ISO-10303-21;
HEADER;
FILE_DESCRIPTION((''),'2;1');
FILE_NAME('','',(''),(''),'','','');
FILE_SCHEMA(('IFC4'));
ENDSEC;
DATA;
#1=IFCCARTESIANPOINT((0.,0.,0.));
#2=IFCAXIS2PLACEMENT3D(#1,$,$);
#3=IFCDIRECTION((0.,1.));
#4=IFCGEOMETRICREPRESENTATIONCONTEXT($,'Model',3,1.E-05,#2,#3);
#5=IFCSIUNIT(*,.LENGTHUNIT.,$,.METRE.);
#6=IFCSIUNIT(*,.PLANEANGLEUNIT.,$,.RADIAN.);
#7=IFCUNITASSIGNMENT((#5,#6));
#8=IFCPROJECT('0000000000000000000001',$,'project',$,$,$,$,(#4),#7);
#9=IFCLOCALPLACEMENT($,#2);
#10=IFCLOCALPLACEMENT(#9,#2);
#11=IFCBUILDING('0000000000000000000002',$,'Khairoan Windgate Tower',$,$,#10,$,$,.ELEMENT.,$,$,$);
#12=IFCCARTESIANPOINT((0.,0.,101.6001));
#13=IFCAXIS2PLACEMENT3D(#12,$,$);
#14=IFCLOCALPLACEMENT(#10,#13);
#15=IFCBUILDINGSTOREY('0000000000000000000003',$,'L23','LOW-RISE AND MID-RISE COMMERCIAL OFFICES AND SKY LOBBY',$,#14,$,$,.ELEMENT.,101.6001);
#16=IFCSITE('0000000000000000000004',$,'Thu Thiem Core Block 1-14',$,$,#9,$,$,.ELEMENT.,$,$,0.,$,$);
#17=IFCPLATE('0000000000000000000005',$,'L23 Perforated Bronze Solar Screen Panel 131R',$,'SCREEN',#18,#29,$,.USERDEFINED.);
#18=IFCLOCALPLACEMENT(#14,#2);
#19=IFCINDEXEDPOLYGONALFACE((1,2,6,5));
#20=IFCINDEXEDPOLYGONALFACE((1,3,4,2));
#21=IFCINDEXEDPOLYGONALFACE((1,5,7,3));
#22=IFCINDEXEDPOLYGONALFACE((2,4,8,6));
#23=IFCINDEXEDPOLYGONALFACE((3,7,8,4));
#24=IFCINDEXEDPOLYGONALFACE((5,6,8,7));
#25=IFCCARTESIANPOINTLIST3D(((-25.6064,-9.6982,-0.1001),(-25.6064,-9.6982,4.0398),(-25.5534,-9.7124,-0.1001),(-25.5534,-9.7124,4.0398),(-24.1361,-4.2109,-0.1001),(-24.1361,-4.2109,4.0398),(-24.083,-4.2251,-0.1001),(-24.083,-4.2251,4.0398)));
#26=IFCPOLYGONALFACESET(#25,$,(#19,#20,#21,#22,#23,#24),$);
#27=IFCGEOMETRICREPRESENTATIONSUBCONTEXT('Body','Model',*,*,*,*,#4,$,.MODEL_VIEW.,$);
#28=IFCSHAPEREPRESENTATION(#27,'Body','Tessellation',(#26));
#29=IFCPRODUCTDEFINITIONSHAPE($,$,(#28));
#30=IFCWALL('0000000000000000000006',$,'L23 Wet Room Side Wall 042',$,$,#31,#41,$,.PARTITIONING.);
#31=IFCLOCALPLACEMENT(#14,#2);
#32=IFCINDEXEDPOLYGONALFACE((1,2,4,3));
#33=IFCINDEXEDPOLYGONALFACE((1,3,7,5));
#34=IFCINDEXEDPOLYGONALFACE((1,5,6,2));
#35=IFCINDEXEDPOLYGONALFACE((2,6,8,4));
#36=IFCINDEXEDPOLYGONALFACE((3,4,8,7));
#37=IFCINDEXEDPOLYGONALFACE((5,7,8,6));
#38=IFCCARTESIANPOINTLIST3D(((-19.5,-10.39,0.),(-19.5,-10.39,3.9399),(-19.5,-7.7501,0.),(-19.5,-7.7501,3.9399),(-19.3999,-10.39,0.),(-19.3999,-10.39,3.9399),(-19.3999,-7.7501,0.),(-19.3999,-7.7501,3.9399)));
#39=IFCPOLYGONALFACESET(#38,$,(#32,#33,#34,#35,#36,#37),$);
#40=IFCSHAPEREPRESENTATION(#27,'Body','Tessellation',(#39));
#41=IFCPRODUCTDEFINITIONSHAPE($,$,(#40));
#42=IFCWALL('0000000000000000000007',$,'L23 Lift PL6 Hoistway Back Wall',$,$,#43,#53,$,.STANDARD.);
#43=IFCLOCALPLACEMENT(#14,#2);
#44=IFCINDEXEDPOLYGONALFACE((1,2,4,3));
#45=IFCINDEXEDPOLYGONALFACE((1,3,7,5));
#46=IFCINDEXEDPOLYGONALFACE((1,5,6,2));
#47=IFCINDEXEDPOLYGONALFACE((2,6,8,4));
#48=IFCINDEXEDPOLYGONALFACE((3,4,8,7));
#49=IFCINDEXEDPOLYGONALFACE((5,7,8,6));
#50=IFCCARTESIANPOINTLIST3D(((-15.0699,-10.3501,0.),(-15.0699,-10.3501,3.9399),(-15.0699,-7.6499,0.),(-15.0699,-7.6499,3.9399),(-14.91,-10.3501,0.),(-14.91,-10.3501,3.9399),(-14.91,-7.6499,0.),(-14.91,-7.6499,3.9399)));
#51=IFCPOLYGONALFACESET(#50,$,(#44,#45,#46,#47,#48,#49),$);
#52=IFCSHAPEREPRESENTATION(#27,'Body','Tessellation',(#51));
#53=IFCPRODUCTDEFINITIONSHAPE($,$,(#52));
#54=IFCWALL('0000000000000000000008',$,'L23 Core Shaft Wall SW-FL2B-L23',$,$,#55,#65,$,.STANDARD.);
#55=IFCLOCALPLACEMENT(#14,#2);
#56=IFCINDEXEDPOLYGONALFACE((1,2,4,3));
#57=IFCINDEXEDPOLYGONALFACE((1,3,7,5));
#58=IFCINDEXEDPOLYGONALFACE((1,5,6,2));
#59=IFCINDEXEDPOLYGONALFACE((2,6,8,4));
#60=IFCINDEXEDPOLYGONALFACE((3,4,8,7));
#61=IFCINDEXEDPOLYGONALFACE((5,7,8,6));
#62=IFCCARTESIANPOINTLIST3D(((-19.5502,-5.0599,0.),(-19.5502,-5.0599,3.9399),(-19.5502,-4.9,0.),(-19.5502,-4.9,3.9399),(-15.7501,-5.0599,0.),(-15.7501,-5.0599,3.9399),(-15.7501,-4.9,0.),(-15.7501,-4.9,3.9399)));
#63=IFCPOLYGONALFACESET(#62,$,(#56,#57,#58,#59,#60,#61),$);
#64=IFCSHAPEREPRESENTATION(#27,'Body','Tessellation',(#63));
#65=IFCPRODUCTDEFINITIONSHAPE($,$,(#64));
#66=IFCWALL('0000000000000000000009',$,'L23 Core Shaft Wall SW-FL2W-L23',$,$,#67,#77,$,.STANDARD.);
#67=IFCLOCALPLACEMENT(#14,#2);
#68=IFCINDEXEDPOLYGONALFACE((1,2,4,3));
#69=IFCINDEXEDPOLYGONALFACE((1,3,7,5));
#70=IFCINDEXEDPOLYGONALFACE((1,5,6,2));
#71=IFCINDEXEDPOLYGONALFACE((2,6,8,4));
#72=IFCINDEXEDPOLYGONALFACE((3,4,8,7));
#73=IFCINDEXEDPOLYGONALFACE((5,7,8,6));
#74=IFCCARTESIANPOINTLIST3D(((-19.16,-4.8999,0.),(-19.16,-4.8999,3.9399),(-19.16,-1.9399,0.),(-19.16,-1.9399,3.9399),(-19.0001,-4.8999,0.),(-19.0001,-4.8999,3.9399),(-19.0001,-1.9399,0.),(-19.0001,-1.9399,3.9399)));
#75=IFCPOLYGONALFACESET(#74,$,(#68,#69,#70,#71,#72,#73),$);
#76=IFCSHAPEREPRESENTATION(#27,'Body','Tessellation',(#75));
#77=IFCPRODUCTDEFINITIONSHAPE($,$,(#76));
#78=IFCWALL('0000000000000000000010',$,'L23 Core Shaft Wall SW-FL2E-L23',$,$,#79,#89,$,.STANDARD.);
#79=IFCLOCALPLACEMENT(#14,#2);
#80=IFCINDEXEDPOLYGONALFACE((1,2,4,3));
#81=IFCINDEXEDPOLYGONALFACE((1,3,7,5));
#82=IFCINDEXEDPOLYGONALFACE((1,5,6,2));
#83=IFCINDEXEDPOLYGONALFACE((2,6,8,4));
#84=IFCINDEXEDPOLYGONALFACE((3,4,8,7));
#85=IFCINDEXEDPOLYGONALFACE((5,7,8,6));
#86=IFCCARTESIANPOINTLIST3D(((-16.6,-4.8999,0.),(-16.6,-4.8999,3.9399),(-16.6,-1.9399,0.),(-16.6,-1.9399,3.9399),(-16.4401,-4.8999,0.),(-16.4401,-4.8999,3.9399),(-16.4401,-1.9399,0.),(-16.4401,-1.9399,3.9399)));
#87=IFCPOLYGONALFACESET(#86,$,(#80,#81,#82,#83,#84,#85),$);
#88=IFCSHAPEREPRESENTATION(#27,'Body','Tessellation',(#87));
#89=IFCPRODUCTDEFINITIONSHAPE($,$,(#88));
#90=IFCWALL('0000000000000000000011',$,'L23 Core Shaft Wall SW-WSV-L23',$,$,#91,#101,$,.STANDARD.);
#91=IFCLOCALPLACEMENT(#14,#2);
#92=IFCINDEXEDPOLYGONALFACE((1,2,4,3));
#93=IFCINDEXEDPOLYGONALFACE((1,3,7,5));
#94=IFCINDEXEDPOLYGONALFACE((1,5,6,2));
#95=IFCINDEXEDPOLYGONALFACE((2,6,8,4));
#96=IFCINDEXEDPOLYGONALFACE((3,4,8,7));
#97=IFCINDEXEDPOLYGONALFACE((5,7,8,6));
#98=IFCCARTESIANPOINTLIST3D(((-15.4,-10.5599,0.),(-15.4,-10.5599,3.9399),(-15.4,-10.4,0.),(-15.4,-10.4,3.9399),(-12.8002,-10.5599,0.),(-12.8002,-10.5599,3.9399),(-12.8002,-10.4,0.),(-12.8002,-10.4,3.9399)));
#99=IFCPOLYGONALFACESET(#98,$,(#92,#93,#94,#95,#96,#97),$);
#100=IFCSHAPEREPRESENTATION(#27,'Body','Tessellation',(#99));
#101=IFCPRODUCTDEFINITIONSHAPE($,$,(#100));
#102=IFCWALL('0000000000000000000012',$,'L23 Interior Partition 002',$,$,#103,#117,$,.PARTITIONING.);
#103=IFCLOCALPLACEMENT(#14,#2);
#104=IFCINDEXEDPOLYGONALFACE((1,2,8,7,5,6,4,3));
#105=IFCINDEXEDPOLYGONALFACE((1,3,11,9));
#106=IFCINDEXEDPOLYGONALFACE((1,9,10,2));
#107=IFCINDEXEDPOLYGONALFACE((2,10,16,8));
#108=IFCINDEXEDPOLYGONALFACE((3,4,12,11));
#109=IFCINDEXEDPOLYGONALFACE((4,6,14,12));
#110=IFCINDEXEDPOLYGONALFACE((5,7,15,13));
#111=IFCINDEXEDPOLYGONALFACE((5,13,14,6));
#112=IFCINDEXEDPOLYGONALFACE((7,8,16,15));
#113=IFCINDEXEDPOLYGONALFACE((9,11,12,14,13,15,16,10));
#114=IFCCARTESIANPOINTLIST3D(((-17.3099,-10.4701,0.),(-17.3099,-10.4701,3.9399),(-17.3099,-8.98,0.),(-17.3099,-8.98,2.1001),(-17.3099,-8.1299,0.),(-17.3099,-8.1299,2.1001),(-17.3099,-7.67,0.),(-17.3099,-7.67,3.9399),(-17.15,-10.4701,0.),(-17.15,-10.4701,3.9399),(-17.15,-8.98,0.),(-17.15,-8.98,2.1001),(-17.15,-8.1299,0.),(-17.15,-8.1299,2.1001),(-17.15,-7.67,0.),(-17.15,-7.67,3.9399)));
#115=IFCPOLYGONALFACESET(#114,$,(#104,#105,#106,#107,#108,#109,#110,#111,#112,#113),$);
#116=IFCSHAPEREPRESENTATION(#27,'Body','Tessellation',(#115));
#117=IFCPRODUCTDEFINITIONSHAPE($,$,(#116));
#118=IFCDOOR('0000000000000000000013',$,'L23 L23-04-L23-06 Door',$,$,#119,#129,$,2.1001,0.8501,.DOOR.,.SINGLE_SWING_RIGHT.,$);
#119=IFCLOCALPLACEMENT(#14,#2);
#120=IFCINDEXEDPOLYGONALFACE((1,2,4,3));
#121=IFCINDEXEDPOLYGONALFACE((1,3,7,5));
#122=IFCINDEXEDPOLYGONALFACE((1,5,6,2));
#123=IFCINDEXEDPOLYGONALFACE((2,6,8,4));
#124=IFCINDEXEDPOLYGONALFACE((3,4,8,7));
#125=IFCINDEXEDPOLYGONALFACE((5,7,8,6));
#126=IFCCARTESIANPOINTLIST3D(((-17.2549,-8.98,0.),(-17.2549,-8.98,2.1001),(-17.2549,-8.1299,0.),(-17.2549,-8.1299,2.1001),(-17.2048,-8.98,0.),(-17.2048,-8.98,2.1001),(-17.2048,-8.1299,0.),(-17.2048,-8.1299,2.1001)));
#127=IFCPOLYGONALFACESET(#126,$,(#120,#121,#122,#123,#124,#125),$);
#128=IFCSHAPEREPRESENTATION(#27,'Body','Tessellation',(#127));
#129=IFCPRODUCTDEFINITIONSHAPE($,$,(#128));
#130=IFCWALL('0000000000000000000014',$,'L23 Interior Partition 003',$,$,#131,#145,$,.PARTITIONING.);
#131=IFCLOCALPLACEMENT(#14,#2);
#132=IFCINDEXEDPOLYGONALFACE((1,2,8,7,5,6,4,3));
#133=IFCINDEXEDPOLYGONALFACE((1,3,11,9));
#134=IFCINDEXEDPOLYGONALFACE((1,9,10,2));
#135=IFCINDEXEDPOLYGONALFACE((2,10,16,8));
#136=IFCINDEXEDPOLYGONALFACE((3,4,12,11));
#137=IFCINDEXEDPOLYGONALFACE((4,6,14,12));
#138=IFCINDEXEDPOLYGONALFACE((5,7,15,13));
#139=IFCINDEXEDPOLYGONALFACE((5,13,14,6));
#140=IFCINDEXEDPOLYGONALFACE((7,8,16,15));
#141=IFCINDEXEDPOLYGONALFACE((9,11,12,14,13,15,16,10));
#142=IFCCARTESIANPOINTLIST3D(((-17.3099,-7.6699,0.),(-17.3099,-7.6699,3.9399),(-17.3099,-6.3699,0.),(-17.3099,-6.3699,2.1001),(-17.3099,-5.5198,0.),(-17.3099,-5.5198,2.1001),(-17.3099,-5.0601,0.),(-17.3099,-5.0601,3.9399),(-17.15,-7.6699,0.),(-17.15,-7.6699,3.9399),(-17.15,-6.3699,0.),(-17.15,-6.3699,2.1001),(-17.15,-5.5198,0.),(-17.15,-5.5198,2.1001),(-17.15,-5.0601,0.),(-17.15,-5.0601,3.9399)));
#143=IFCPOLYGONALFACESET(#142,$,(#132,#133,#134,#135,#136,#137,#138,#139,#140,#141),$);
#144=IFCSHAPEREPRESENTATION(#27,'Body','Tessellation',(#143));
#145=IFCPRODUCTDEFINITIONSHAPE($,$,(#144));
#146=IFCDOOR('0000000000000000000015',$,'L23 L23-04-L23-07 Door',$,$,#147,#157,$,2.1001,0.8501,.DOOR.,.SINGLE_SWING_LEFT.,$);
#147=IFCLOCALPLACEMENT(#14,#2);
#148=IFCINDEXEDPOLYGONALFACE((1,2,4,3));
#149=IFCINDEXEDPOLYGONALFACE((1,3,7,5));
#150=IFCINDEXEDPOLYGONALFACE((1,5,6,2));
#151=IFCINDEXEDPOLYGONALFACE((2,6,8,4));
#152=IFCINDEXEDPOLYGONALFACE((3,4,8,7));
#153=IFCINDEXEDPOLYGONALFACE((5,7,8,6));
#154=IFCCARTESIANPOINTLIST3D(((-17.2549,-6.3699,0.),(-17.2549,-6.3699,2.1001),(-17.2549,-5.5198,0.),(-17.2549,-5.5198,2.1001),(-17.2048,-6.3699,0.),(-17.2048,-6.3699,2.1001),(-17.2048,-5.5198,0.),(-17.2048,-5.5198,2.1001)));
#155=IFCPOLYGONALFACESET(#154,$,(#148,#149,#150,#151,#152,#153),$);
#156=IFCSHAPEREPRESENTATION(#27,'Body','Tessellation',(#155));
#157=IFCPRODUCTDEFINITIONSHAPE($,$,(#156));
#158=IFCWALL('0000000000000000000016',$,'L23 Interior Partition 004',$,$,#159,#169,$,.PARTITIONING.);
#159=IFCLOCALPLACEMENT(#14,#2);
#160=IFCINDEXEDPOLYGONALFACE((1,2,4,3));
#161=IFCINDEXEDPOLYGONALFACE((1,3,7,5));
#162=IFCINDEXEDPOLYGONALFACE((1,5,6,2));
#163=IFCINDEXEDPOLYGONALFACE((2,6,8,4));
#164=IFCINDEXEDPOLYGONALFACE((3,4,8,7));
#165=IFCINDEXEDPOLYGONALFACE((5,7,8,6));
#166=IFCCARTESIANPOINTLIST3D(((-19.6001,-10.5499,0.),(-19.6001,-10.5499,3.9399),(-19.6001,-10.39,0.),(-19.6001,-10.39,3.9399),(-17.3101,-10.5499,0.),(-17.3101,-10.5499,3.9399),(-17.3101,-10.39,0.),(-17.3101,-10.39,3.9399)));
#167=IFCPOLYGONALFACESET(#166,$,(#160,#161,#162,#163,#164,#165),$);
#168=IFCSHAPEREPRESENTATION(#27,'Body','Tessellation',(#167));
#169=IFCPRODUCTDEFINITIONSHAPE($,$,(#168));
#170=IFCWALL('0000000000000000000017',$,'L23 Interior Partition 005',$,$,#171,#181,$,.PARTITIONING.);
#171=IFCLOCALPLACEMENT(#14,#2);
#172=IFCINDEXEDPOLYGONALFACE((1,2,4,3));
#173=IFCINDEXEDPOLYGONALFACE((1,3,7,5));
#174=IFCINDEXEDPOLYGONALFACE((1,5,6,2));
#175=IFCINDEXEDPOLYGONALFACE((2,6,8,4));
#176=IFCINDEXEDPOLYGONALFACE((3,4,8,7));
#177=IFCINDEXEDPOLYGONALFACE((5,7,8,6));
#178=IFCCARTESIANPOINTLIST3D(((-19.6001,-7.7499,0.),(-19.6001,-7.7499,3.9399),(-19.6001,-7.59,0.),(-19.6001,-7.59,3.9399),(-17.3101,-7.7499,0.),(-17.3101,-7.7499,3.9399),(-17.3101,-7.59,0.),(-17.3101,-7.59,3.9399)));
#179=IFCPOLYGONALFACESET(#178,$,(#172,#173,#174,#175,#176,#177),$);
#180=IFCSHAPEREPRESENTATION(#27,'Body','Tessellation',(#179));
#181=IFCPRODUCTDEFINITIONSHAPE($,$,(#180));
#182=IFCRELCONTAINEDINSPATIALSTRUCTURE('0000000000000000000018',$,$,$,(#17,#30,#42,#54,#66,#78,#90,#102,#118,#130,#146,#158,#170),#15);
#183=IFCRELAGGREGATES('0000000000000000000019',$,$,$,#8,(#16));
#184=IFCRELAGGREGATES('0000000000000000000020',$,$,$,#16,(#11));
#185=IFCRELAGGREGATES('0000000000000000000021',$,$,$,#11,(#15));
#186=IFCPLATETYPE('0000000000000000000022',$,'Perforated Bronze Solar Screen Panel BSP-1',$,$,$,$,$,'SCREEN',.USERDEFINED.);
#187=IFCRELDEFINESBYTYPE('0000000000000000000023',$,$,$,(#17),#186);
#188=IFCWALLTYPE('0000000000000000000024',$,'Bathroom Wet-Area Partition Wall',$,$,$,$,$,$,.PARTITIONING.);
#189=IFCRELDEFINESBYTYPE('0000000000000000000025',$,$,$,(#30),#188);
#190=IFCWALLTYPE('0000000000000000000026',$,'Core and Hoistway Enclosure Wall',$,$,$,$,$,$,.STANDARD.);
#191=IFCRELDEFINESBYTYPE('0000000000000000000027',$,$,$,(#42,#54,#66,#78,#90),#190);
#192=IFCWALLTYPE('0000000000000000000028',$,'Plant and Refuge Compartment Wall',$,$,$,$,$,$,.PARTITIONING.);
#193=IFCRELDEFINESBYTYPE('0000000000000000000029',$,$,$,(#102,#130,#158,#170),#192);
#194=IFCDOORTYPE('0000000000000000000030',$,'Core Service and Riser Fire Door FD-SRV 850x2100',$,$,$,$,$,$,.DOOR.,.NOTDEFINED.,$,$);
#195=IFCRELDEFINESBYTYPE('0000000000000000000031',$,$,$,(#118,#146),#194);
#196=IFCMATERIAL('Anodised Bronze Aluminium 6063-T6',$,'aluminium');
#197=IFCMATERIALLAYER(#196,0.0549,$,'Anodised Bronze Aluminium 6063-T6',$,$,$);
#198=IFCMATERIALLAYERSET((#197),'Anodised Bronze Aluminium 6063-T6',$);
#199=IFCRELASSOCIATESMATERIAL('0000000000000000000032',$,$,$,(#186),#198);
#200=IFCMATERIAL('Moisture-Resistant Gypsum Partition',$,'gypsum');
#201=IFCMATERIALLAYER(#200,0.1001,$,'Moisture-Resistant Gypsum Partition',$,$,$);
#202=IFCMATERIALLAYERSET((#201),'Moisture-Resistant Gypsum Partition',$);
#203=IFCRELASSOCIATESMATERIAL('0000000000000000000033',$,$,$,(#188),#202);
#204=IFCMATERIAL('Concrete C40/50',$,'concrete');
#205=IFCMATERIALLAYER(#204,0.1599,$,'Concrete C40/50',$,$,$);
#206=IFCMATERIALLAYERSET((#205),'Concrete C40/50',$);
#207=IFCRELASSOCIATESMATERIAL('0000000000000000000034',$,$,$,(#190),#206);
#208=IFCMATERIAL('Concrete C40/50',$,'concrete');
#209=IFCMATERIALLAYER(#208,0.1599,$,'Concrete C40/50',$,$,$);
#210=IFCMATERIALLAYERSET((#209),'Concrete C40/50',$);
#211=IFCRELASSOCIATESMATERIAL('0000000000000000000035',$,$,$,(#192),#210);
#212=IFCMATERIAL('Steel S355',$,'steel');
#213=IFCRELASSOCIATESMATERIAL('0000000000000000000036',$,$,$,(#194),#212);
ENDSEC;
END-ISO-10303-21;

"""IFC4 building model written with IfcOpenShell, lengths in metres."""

from ifc_helpers import new_model, si_unit, direction, frame, frame_2d, origin, origin_2d, place, context, subcontext, project, spatial, rectangle, extrude, material, layer, layer_set, type_object, element, fill, save


model = new_model("IFC4")

# Units and contexts
model_context = context("Model", 3, precision=1e-05, world=origin(), true_north=direction((0.0, 1.0)))
body_context = subcontext(model_context, "Body", "Model", "MODEL_VIEW")
ifc_project = project(units=[si_unit("LENGTHUNIT", "METRE"), si_unit("PLANEANGLEUNIT", "RADIAN")], contexts=[model_context])

# Site, building, storey
site_placement = place(None, origin())
site = spatial("IfcSite", under=ifc_project, at=site_placement, Name="Thu Thiem Core Block 1-14", CompositionType="ELEMENT", RefElevation=0.0)
building_placement = place(site_placement, origin())
building = spatial("IfcBuilding", under=site, at=building_placement, Name="Khairoan Windgate Tower", CompositionType="ELEMENT")
storey_placement = place(building_placement, frame((0.0, 0.0, 101.6001)))
storey = spatial("IfcBuildingStorey", under=building, at=storey_placement, Name="L23", Description="LOW-RISE AND MID-RISE COMMERCIAL OFFICES AND SKY LOBBY", CompositionType="ELEMENT", Elevation=101.6001)

# Plate
ifc_material_1 = material(Name="Anodised Bronze Aluminium 6063-T6", Category="aluminium")
ifc_layer_1 = layer(ifc_material_1, 0.0549, Name="Anodised Bronze Aluminium 6063-T6")
ifc_layer_set_1 = layer_set([ifc_layer_1], Name="Anodised Bronze Aluminium 6063-T6")
plate_type_1 = type_object("IfcPlateType", Name="Perforated Bronze Solar Screen Panel BSP-1", ElementType="SCREEN", PredefinedType="USERDEFINED", material=ifc_layer_set_1)
plate_1_placement = place(storey_placement, frame((-24.8447, -6.9617, -0.1001), z_axis=(0.0, 0.0, 1.0), x_axis=(0.258819, 0.965926, 0.0)))
element("IfcPlate", 1, at=plate_1_placement, inside=storey, type_object=plate_type_1, Name="L23 Perforated Bronze Solar Screen Panel 131R", ObjectType="SCREEN", PredefinedType="USERDEFINED", context=body_context, shape_type="SweptSolid", body=[
    extrude(rectangle(XDim=5.6809, YDim=0.0549, at=origin_2d()), origin(), (0.0, 0.0, 1.0), 4.1399),
])

# Walls
ifc_material_2 = material(Name="Moisture-Resistant Gypsum Partition", Category="gypsum")
ifc_layer_2 = layer(ifc_material_2, 0.1001, Name="Moisture-Resistant Gypsum Partition")
ifc_layer_set_2 = layer_set([ifc_layer_2], Name="Moisture-Resistant Gypsum Partition")
wall_type_1 = type_object("IfcWallType", Name="Bathroom Wet-Area Partition Wall", PredefinedType="PARTITIONING", material=ifc_layer_set_2)
wall_1_placement = place(storey_placement, frame((-19.45, -10.3899, 0.0), z_axis=(0.0, 0.0, 1.0), x_axis=(0.0, 1.0, 0.0)))
element("IfcWall", 2, at=wall_1_placement, inside=storey, type_object=wall_type_1, Name="L23 Wet Room Side Wall 042", PredefinedType="PARTITIONING", context=body_context, shape_type="SweptSolid", body=[
    extrude(rectangle(XDim=2.6399, YDim=0.1001, at=frame_2d((1.3198, 0.0))), origin(), (0.0, 0.0, 1.0), 3.9399),
])
ifc_material_3 = material(Name="Concrete C40/50", Category="concrete")
ifc_layer_3 = layer(ifc_material_3, 0.1599, Name="Concrete C40/50")
ifc_layer_set_3 = layer_set([ifc_layer_3], Name="Concrete C40/50")
wall_type_2 = type_object("IfcWallType", Name="Core and Hoistway Enclosure Wall", PredefinedType="STANDARD", material=ifc_layer_set_3)
wall_2_placement = place(storey_placement, frame((-14.99, -10.3501, 0.0), z_axis=(0.0, 0.0, 1.0), x_axis=(0.0, 1.0, 0.0)))
element("IfcWall", 3, at=wall_2_placement, inside=storey, type_object=wall_type_2, Name="L23 Lift PL6 Hoistway Back Wall", PredefinedType="STANDARD", context=body_context, shape_type="SweptSolid", body=[
    extrude(rectangle(XDim=2.7002, YDim=0.1599, at=frame_2d((1.3501, 0.0))), origin(), (0.0, 0.0, 1.0), 3.9399),
])
wall_3_placement = place(storey_placement, frame((-19.55, -4.98, 0.0), z_axis=(0.0, 0.0, 1.0), x_axis=(1.0, 0.0, 0.0)))
element("IfcWall", 4, at=wall_3_placement, inside=storey, type_object=wall_type_2, Name="L23 Core Shaft Wall SW-FL2B-L23", PredefinedType="STANDARD", context=body_context, shape_type="SweptSolid", body=[
    extrude(rectangle(XDim=3.8, YDim=0.1599, at=frame_2d((1.8999, 0.0))), origin(), (0.0, 0.0, 1.0), 3.9399),
])
for number, where, z_axis, x_axis, name in (
    (5, (-19.0801, -4.8999, 0.0), (0.0, 0.0, 1.0), (0.0, 1.0, 0.0), "L23 Core Shaft Wall SW-FL2W-L23"),
    (6, (-16.52, -4.8999, 0.0), (0.0, 0.0, 1.0), (0.0, 1.0, 0.0), "L23 Core Shaft Wall SW-FL2E-L23"),
):
    element("IfcWall", number, at=place(storey_placement, frame(where, z_axis=z_axis, x_axis=x_axis)), inside=storey, type_object=wall_type_2, Name=name, PredefinedType="STANDARD", context=body_context, shape_type="SweptSolid", body=[
        extrude(rectangle(XDim=2.96, YDim=0.1599, at=frame_2d((1.48, 0.0))), origin(), (0.0, 0.0, 1.0), 3.9399),
    ])
wall_4_placement = place(storey_placement, frame((-15.3999, -10.48, 0.0), z_axis=(0.0, 0.0, 1.0), x_axis=(1.0, 0.0, 0.0)))
element("IfcWall", 7, at=wall_4_placement, inside=storey, type_object=wall_type_2, Name="L23 Core Shaft Wall SW-WSV-L23", PredefinedType="STANDARD", context=body_context, shape_type="SweptSolid", body=[
    extrude(rectangle(XDim=2.5999, YDim=0.1599, at=frame_2d((1.2998, 0.0))), origin(), (0.0, 0.0, 1.0), 3.9399),
])

# Walls, openings, doors
ifc_material_4 = material(Name="Concrete C40/50", Category="concrete")
ifc_layer_4 = layer(ifc_material_4, 0.1599, Name="Concrete C40/50")
ifc_layer_set_4 = layer_set([ifc_layer_4], Name="Concrete C40/50")
wall_type_3 = type_object("IfcWallType", Name="Plant and Refuge Compartment Wall", PredefinedType="PARTITIONING", material=ifc_layer_set_4)
wall_5_placement = place(storey_placement, frame((-17.23, -10.47, 0.0), z_axis=(0.0, 0.0, 1.0), x_axis=(0.0, 1.0, 0.0)))
wall_5 = element("IfcWall", 8, at=wall_5_placement, inside=storey, type_object=wall_type_3, Name="L23 Interior Partition 002", PredefinedType="PARTITIONING", context=body_context, shape_type="SweptSolid", body=[
    extrude(rectangle(XDim=2.8, YDim=0.1599, at=frame_2d((1.3999, 0.0))), origin(), (0.0, 0.0, 1.0), 3.9399),
])
opening_1_placement = place(wall_5_placement, frame((1.49, 0.0, 0.0)))
opening_1 = element("IfcOpeningElement", 9, at=opening_1_placement, cuts=wall_5, PredefinedType="OPENING", context=body_context, shape_type="SweptSolid", body=[
    extrude(rectangle(XDim=0.8501, YDim=2.1001, at=frame_2d((0.425, 1.05))), frame((0.0, 0.0898, 0.0), z_axis=(0.0, -1.0, 0.0), x_axis=(1.0, 0.0, 0.0)), (0.0, 0.0, 1.0), 0.1799),
])
ifc_material_5 = material(Name="Steel S355", Category="steel")
door_type = type_object("IfcDoorType", Name="Core Service and Riser Fire Door FD-SRV 850x2100", OperationType="NOTDEFINED", PredefinedType="DOOR", material=ifc_material_5)
door_1_placement = place(opening_1_placement, origin())
door_1 = element("IfcDoor", 10, at=door_1_placement, inside=storey, type_object=door_type, Name="L23 L23-04-L23-06 Door", OperationType="SINGLE_SWING_RIGHT", OverallHeight=2.1001, OverallWidth=0.8501, PredefinedType="DOOR", context=body_context, shape_type="SweptSolid", body=[
    extrude(rectangle(XDim=0.8501, YDim=2.1001, at=frame_2d((0.425, 1.05))), frame((0.0, 0.0249, 0.0), z_axis=(0.0, -1.0, 0.0), x_axis=(1.0, 0.0, 0.0)), (0.0, 0.0, 1.0), 0.05),
])
fill(opening_1, door_1)
wall_6_placement = place(storey_placement, frame((-17.23, -7.6699, 0.0), z_axis=(0.0, 0.0, 1.0), x_axis=(0.0, 1.0, 0.0)))
wall_6 = element("IfcWall", 11, at=wall_6_placement, inside=storey, type_object=wall_type_3, Name="L23 Interior Partition 003", PredefinedType="PARTITIONING", context=body_context, shape_type="SweptSolid", body=[
    extrude(rectangle(XDim=2.6099, YDim=0.1599, at=frame_2d((1.3049, 0.0))), origin(), (0.0, 0.0, 1.0), 3.9399),
])
opening_2_placement = place(wall_6_placement, frame((1.3, 0.0, 0.0)))
opening_2 = element("IfcOpeningElement", 12, at=opening_2_placement, cuts=wall_6, PredefinedType="OPENING", context=body_context, shape_type="SweptSolid", body=[
    extrude(rectangle(XDim=0.8501, YDim=2.1001, at=frame_2d((0.425, 1.05))), frame((0.0, 0.0898, 0.0), z_axis=(0.0, -1.0, 0.0), x_axis=(1.0, 0.0, 0.0)), (0.0, 0.0, 1.0), 0.1799),
])
door_2_placement = place(opening_2_placement, origin())
door_2 = element("IfcDoor", 13, at=door_2_placement, inside=storey, type_object=door_type, Name="L23 L23-04-L23-07 Door", OperationType="SINGLE_SWING_LEFT", OverallHeight=2.1001, OverallWidth=0.8501, PredefinedType="DOOR", context=body_context, shape_type="SweptSolid", body=[
    extrude(rectangle(XDim=0.8501, YDim=2.1001, at=frame_2d((0.425, 1.05))), frame((0.0, 0.0249, 0.0), z_axis=(0.0, -1.0, 0.0), x_axis=(1.0, 0.0, 0.0)), (0.0, 0.0, 1.0), 0.05),
])
fill(opening_2, door_2)

# Walls
for number, where, z_axis, x_axis, name in (
    (14, (-19.6001, -10.47, 0.0), (0.0, 0.0, 1.0), (1.0, 0.0, 0.0), "L23 Interior Partition 004"),
    (15, (-19.6001, -7.6699, 0.0), (0.0, 0.0, 1.0), (1.0, 0.0, 0.0), "L23 Interior Partition 005"),
):
    element("IfcWall", number, at=place(storey_placement, frame(where, z_axis=z_axis, x_axis=x_axis)), inside=storey, type_object=wall_type_3, Name=name, PredefinedType="PARTITIONING", context=body_context, shape_type="SweptSolid", body=[
        extrude(rectangle(XDim=2.29, YDim=0.1599, at=frame_2d((1.145, 0.0))), origin(), (0.0, 0.0, 1.0), 3.9399),
    ])

save(model, "model.ifc")
